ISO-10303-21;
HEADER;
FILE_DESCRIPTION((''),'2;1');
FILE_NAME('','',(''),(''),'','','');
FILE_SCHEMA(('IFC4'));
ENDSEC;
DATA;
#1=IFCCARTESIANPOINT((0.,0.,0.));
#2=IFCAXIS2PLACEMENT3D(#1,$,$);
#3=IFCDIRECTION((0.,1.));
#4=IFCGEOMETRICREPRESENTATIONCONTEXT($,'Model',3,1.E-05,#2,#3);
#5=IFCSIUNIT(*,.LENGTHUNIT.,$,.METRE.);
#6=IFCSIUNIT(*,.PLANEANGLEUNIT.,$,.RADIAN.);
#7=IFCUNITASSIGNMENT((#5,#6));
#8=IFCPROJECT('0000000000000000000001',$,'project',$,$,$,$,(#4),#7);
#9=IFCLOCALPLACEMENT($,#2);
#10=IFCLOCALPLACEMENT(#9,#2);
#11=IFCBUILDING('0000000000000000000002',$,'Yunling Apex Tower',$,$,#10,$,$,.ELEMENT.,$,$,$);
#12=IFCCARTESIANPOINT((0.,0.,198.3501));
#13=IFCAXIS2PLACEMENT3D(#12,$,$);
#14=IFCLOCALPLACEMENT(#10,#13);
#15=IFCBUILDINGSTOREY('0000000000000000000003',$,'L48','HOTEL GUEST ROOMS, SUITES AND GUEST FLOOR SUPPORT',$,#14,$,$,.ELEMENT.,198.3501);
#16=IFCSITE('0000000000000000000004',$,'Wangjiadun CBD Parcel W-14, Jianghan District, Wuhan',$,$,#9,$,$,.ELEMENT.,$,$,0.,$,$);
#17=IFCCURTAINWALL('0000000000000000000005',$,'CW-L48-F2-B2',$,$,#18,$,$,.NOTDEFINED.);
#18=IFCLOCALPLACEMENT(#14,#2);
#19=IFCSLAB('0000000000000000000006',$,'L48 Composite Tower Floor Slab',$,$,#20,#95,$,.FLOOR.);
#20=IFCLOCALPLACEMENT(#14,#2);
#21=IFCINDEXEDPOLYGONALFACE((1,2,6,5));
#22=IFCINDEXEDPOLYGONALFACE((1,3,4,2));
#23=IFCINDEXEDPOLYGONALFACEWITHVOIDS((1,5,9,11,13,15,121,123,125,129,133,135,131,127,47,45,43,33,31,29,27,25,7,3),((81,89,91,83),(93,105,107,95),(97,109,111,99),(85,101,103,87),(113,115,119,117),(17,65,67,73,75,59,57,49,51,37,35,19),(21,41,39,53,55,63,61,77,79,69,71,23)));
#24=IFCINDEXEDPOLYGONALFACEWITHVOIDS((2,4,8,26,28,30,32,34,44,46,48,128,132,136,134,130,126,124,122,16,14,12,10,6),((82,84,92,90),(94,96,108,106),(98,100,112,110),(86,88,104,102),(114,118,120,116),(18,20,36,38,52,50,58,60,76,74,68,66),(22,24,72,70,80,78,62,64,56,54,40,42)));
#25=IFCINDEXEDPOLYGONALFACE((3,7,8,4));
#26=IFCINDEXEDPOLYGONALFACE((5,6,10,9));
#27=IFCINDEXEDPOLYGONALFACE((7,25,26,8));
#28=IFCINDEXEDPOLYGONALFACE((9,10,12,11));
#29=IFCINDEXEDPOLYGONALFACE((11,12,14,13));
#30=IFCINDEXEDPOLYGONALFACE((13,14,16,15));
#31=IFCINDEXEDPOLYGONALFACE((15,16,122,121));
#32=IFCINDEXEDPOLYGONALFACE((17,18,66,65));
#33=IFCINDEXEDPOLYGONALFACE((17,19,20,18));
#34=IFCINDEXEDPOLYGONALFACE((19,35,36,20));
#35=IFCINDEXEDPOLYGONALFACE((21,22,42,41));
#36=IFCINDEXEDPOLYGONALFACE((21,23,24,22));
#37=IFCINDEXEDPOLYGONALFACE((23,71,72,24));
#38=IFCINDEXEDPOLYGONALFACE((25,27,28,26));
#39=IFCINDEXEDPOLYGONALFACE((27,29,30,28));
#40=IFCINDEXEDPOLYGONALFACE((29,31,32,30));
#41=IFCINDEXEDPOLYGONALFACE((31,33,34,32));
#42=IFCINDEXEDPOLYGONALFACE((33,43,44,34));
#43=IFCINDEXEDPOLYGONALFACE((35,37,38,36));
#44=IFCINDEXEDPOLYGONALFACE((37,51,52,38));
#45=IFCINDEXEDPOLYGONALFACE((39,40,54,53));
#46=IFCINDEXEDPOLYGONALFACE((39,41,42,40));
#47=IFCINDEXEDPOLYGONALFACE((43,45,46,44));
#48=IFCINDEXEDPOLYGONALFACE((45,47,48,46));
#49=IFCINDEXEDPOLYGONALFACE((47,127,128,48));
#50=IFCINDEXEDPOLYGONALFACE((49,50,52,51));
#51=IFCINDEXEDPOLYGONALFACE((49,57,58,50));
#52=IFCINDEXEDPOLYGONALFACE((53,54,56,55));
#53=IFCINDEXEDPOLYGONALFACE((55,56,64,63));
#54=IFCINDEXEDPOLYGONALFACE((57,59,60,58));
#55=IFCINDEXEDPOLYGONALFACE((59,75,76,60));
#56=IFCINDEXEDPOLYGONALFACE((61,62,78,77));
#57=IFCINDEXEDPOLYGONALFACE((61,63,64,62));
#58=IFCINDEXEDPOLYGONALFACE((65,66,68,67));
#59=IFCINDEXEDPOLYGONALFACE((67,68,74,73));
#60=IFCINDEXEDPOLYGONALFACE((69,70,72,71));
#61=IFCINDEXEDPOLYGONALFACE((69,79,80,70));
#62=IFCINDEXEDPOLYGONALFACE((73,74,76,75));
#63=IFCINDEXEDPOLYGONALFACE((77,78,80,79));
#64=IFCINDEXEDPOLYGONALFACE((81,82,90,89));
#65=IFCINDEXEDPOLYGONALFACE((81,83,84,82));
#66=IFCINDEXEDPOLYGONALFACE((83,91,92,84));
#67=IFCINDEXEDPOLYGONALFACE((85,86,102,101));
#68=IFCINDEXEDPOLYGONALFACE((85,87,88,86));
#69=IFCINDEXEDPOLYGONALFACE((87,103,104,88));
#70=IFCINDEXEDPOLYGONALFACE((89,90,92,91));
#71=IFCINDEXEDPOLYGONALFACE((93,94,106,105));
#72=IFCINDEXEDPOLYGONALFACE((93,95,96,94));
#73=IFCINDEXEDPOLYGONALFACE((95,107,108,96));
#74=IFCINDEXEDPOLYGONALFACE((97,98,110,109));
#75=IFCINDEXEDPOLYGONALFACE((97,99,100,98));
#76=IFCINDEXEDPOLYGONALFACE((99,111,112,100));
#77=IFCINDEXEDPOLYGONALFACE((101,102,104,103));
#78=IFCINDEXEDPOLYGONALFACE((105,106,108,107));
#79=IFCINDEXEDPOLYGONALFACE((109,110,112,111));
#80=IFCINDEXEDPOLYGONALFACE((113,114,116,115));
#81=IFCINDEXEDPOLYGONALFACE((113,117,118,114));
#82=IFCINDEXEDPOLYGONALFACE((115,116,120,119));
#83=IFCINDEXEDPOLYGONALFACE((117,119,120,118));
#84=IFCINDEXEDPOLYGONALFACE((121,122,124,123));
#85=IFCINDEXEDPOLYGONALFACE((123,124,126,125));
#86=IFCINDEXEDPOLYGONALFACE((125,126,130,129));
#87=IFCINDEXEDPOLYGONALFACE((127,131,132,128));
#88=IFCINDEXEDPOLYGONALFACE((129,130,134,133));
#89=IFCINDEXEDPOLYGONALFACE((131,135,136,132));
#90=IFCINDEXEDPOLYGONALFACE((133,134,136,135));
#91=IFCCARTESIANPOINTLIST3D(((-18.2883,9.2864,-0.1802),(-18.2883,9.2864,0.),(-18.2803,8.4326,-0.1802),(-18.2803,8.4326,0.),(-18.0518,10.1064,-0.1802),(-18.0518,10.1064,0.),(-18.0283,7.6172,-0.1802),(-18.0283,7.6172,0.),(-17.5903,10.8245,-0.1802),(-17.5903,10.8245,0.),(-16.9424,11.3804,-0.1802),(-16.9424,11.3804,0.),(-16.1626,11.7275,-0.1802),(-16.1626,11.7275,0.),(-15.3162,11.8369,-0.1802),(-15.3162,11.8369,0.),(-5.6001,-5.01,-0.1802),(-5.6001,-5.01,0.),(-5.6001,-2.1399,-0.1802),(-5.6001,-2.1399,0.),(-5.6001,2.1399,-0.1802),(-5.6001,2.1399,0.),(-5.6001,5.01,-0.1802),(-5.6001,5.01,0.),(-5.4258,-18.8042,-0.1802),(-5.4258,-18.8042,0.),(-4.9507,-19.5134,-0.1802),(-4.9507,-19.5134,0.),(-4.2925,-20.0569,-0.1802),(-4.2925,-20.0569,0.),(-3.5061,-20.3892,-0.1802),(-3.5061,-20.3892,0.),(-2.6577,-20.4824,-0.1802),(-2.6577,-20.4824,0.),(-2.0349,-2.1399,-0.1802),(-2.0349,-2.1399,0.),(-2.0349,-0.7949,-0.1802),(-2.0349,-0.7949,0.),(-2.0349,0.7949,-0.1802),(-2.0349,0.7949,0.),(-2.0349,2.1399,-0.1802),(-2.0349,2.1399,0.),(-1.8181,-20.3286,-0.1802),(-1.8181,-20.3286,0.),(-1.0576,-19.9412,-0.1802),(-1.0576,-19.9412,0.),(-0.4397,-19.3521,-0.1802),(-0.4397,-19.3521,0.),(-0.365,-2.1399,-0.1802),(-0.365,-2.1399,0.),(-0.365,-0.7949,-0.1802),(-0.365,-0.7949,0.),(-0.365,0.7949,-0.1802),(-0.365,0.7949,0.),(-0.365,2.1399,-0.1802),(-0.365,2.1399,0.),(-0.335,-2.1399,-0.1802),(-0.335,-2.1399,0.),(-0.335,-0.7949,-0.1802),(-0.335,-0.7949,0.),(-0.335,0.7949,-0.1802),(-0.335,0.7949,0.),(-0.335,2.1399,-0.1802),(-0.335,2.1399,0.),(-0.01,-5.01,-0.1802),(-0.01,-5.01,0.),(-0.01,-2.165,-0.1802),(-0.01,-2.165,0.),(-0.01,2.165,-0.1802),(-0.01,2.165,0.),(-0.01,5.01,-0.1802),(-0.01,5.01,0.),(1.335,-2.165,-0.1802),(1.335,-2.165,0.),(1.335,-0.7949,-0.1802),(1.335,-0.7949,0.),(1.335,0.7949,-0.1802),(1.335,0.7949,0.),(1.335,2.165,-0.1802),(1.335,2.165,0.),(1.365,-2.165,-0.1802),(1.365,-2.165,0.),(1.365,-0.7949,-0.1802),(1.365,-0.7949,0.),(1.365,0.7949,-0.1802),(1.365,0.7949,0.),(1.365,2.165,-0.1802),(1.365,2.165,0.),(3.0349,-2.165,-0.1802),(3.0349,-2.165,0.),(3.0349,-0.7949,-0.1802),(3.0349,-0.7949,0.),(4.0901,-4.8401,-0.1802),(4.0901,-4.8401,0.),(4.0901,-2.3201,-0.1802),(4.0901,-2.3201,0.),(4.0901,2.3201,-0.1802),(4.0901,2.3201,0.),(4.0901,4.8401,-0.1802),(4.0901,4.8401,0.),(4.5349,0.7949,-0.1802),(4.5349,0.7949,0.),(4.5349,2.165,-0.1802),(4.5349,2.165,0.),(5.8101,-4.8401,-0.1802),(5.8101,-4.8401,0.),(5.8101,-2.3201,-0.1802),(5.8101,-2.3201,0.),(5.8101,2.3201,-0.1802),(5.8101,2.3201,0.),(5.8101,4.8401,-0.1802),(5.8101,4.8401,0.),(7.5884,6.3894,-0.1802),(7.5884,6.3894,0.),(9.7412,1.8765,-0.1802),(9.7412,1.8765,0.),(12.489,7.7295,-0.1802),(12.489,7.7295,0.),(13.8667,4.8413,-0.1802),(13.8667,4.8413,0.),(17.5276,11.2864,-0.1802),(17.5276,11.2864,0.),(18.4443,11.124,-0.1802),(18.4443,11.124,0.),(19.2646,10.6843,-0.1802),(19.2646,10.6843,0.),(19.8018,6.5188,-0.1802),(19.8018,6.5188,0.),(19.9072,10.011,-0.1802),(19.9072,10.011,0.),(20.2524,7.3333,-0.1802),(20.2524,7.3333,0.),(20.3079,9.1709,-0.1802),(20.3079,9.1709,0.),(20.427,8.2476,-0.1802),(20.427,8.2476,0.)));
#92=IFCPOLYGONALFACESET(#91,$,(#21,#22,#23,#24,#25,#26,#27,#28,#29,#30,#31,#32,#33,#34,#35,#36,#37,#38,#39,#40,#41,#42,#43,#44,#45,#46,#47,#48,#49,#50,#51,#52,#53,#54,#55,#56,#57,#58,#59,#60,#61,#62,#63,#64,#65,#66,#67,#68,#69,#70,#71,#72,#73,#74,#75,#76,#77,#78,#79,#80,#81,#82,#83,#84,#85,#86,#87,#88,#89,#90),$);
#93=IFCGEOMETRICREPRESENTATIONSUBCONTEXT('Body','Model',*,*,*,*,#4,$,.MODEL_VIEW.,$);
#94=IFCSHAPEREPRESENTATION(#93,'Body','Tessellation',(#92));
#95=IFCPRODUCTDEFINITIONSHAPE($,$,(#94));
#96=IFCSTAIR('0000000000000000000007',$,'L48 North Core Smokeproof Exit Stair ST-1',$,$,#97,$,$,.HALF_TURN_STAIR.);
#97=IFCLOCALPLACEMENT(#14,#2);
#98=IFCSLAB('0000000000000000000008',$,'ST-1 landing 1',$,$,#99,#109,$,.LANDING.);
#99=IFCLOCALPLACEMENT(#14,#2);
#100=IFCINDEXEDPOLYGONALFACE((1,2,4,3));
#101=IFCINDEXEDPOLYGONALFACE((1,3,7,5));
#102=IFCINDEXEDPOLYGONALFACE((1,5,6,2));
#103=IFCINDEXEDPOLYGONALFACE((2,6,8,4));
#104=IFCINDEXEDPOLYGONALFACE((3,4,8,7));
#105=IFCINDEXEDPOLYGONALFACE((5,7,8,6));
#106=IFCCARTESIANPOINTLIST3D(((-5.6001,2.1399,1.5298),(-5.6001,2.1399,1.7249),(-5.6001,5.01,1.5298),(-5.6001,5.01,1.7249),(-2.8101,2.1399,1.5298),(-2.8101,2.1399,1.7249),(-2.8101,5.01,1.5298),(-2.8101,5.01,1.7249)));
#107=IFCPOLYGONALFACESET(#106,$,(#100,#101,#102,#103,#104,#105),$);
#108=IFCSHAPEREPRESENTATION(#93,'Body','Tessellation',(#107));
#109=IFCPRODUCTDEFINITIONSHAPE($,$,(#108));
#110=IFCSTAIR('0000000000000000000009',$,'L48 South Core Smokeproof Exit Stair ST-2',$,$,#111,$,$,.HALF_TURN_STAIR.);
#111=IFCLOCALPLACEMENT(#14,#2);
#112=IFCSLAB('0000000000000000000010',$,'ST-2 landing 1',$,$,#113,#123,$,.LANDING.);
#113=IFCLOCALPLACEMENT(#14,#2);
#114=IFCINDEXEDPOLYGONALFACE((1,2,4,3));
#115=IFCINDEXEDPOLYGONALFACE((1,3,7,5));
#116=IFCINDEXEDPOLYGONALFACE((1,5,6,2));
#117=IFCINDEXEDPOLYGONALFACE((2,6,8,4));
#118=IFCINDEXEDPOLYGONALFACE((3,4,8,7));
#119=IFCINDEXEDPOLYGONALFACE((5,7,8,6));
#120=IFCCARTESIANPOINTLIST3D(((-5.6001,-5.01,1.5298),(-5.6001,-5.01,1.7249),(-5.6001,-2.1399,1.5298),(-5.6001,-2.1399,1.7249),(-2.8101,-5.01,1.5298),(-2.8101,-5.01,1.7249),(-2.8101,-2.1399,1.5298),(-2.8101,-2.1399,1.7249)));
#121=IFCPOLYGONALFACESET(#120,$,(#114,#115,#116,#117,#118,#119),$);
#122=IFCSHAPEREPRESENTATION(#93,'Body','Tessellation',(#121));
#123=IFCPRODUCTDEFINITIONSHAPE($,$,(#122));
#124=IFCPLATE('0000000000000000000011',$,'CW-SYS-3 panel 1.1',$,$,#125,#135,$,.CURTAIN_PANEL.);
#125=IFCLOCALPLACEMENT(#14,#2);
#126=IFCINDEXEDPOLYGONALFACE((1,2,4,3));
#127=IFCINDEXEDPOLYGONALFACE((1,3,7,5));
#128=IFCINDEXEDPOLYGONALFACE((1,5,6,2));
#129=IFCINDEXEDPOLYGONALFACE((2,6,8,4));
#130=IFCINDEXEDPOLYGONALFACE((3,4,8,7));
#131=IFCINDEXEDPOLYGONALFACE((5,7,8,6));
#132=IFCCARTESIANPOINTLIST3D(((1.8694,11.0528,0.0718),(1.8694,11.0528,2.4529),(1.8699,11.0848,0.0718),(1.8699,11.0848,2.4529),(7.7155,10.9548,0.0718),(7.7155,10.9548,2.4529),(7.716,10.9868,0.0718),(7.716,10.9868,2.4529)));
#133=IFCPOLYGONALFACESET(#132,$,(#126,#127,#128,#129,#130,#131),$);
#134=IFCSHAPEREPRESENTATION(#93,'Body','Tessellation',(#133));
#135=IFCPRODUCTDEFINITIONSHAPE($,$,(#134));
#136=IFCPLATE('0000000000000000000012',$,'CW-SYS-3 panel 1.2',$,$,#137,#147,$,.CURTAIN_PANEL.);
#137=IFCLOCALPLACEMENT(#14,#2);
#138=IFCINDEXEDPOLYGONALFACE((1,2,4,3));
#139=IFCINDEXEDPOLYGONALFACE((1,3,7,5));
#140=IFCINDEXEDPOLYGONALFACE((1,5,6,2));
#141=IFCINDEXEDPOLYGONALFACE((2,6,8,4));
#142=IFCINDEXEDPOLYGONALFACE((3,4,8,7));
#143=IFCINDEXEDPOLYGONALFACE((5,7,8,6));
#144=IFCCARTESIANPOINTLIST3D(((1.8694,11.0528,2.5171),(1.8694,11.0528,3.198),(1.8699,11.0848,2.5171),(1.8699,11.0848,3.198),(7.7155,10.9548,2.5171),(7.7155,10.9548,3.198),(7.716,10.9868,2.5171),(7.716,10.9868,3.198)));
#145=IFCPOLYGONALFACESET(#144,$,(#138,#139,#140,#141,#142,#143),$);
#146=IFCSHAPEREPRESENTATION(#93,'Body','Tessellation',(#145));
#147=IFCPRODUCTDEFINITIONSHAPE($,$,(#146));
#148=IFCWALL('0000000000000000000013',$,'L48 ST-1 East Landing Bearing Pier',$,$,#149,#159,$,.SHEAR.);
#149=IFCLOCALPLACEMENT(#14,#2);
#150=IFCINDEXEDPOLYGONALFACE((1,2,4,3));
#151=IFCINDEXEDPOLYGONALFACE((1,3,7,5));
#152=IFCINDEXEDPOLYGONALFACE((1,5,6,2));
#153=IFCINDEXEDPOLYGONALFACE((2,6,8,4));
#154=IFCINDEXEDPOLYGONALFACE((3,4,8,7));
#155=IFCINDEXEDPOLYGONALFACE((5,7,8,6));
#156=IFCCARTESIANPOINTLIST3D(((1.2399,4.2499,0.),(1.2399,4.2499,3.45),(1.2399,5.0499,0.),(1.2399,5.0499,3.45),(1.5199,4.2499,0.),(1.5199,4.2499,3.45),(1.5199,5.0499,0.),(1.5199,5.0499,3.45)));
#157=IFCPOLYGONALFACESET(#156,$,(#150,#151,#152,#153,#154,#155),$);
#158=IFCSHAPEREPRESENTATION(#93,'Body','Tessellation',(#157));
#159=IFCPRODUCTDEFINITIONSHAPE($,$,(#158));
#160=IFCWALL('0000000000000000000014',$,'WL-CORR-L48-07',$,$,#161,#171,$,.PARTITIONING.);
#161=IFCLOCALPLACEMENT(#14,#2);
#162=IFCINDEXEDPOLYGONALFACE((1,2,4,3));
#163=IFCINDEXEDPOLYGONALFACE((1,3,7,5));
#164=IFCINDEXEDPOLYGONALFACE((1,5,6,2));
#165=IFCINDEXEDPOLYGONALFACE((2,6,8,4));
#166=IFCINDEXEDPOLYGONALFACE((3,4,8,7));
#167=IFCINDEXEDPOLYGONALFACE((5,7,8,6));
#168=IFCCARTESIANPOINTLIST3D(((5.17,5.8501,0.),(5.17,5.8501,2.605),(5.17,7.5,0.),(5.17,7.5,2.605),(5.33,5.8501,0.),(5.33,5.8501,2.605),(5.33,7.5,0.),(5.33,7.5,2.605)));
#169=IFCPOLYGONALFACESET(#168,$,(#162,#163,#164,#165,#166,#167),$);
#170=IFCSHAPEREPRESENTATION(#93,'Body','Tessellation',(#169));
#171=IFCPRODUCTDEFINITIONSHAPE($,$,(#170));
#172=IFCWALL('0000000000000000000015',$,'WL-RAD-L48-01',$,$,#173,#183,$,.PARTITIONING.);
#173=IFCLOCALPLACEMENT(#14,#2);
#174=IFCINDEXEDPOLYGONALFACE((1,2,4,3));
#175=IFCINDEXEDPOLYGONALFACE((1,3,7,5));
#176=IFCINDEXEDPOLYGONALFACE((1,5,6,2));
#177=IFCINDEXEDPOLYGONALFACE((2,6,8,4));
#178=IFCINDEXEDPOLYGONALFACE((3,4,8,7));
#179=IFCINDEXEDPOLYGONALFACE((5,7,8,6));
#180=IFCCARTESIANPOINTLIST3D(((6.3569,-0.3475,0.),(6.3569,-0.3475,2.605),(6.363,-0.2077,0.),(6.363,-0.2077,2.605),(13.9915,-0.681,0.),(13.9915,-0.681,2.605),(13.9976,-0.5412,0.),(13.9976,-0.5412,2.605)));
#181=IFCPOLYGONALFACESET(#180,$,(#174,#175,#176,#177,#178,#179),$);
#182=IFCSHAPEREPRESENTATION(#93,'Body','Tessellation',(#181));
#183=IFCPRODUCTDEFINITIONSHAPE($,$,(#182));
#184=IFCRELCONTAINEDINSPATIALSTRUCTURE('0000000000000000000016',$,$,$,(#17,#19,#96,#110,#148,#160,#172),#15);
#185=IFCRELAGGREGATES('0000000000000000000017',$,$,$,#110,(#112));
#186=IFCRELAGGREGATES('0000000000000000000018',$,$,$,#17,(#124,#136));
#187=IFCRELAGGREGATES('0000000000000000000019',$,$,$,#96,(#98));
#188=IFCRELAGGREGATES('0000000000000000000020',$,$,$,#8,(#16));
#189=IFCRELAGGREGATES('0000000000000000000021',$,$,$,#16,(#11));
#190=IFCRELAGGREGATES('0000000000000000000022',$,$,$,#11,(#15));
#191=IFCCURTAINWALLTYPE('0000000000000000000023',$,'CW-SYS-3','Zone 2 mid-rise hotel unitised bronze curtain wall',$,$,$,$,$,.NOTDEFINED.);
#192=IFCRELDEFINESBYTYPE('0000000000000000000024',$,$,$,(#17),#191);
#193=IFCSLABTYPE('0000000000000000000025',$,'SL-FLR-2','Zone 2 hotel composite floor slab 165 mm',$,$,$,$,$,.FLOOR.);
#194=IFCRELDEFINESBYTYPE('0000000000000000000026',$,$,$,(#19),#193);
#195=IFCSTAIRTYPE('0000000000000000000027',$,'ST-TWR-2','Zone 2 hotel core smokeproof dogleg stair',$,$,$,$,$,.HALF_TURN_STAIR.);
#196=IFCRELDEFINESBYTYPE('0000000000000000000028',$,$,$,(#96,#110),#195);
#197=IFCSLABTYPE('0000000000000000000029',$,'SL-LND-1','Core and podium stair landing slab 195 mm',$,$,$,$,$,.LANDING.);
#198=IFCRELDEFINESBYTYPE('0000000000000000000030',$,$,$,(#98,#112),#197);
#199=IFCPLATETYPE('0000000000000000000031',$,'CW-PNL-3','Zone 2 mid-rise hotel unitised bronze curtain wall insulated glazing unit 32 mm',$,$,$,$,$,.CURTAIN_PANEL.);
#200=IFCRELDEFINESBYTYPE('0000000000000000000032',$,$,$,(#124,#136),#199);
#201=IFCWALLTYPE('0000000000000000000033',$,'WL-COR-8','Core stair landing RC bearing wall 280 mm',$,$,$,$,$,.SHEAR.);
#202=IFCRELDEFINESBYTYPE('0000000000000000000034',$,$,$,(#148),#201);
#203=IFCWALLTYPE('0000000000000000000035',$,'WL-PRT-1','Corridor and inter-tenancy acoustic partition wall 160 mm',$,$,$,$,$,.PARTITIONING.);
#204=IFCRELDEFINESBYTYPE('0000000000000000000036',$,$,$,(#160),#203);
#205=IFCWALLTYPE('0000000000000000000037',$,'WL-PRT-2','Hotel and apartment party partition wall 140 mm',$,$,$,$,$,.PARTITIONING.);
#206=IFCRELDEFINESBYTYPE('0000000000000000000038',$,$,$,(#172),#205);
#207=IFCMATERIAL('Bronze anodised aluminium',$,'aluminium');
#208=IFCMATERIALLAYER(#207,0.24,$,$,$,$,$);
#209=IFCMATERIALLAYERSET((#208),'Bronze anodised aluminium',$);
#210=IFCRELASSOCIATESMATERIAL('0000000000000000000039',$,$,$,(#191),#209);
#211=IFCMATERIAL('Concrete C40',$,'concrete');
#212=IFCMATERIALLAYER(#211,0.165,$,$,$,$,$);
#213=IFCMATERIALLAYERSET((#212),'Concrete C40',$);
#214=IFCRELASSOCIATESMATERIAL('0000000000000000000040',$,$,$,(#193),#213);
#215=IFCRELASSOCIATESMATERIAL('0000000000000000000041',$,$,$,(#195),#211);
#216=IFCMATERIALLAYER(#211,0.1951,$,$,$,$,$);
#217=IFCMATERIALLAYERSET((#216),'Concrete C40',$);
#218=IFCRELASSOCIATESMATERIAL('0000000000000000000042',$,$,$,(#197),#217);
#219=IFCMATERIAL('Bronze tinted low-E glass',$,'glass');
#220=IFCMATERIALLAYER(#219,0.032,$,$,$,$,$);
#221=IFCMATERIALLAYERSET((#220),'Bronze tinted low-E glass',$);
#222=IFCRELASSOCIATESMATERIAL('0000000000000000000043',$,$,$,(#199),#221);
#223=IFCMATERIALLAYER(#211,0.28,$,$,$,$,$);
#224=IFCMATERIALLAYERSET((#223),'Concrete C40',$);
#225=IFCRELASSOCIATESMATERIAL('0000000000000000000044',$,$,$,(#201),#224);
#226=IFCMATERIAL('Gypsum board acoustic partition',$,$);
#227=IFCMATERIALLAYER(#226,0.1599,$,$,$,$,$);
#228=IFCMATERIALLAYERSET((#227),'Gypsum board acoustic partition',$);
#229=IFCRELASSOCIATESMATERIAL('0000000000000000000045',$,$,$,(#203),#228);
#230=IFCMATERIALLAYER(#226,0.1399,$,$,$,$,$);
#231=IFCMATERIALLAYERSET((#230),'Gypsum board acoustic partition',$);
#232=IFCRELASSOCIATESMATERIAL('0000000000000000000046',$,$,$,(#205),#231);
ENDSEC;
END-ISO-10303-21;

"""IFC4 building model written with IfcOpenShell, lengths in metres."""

from ifc_helpers import new_model, si_unit, direction, frame, frame_2d, origin, origin_2d, place, context, subcontext, project, spatial, polyline, rectangle, outline, extrude, source, transform, mapped, material, layer, layer_set, type_object, element, aggregate, save


model = new_model("IFC4")

# Units and contexts
model_context = context("Model", 3, precision=1e-05, world=origin(), true_north=direction((0.0, 1.0)))
body_context = subcontext(model_context, "Body", "Model", "MODEL_VIEW")
ifc_project = project(units=[si_unit("LENGTHUNIT", "METRE"), si_unit("PLANEANGLEUNIT", "RADIAN")], contexts=[model_context])

# Site, building, storey
site_placement = place(None, origin())
site = spatial("IfcSite", under=ifc_project, at=site_placement, Name="Wangjiadun CBD Parcel W-14, Jianghan District, Wuhan", CompositionType="ELEMENT", RefElevation=0.0)
building_placement = place(site_placement, origin())
building = spatial("IfcBuilding", under=site, at=building_placement, Name="Yunling Apex Tower", CompositionType="ELEMENT")
storey_placement = place(building_placement, frame((0.0, 0.0, 198.3501)))
storey = spatial("IfcBuildingStorey", under=building, at=storey_placement, Name="L48", Description="HOTEL GUEST ROOMS, SUITES AND GUEST FLOOR SUPPORT", CompositionType="ELEMENT", Elevation=198.3501)

# Curtain wall
ifc_material_1 = material(Name="Bronze anodised aluminium", Category="aluminium")
ifc_layer_1 = layer(ifc_material_1, 0.24)
ifc_layer_set_1 = layer_set([ifc_layer_1], Name="Bronze anodised aluminium")
curtain_wall_type = type_object("IfcCurtainWallType", Name="CW-SYS-3", Description="Zone 2 mid-rise hotel unitised bronze curtain wall", PredefinedType="NOTDEFINED", material=ifc_layer_set_1)
curtain_wall_1_placement = place(storey_placement, origin())
curtain_wall_1 = element("IfcCurtainWall", 1, at=curtain_wall_1_placement, inside=storey, type_object=curtain_wall_type, Name="CW-L48-F2-B2", PredefinedType="NOTDEFINED")

# Slab
ifc_material_2 = material(Name="Concrete C40", Category="concrete")
ifc_layer_2 = layer(ifc_material_2, 0.165)
ifc_layer_set_2 = layer_set([ifc_layer_2], Name="Concrete C40")
slab_type_1 = type_object("IfcSlabType", Name="SL-FLR-2", Description="Zone 2 hotel composite floor slab 165 mm", PredefinedType="FLOOR", material=ifc_layer_set_2)
slab_1_placement = place(storey_placement, frame((0.0, 0.0, -0.1802)))
element("IfcSlab", 2, at=slab_1_placement, inside=storey, type_object=slab_type_1, Name="L48 Composite Tower Floor Slab", PredefinedType="FLOOR", context=body_context, shape_type="SweptSolid", body=[
    extrude(outline(polyline([(-5.4258, -18.8042), (-4.9507, -19.5134), (-4.2925, -20.0569), (-3.5061, -20.3892), (-2.6577, -20.4824), (-1.8181, -20.3286), (-1.0576, -19.9412), (-0.4397, -19.3521), (19.8018, 6.5188), (20.2524, 7.3333), (20.427, 8.2476), (20.3079, 9.1709), (19.9072, 10.011), (19.2646, 10.6843), (18.4443, 11.124), (17.5276, 11.2864), (-15.3162, 11.8369), (-16.1626, 11.7275), (-16.9424, 11.3804), (-17.5903, 10.8245), (-18.0518, 10.1064), (-18.2883, 9.2864), (-18.2803, 8.4326), (-18.0283, 7.6172), (-5.4258, -18.8042)]), holes=[polyline([(12.489, 7.7295), (13.8667, 4.8413), (9.7412, 1.8765), (7.5884, 6.3894), (12.489, 7.7295)]), polyline([(4.0901, -2.3201), (5.8101, -2.3201), (5.8101, -4.8401), (4.0901, -4.8401), (4.0901, -2.3201)]), polyline([(5.8101, 4.8401), (5.8101, 2.3201), (4.0901, 2.3201), (4.0901, 4.8401), (5.8101, 4.8401)]), polyline([(1.365, 2.165), (4.5349, 2.165), (4.5349, 0.7949), (1.365, 0.7949), (1.365, 2.165)]), polyline([(3.0349, -0.7949), (3.0349, -2.165), (1.365, -2.165), (1.365, -0.7949), (3.0349, -0.7949)]), polyline([(-2.0349, -0.7949), (-0.365, -0.7949), (-0.365, -2.1399), (-0.335, -2.1399), (-0.335, -0.7949), (1.335, -0.7949), (1.335, -2.165), (-0.01, -2.165), (-0.01, -5.01), (-5.6001, -5.01), (-5.6001, -2.1399), (-2.0349, -2.1399), (-2.0349, -0.7949)]), polyline([(-5.6001, 2.1399), (-5.6001, 5.01), (-0.01, 5.01), (-0.01, 2.165), (1.335, 2.165), (1.335, 0.7949), (-0.335, 0.7949), (-0.335, 2.1399), (-0.365, 2.1399), (-0.365, 0.7949), (-2.0349, 0.7949), (-2.0349, 2.1399), (-5.6001, 2.1399)])]), origin(), (0.0, 0.0, 1.0), 0.1802),
])

# Stairs, slabs
stair_type = type_object("IfcStairType", Name="ST-TWR-2", Description="Zone 2 hotel core smokeproof dogleg stair", PredefinedType="HALF_TURN_STAIR", material=ifc_material_2)
stair_1_placement = place(storey_placement, origin())
stair_1 = element("IfcStair", 3, at=stair_1_placement, inside=storey, type_object=stair_type, Name="L48 North Core Smokeproof Exit Stair ST-1", PredefinedType="HALF_TURN_STAIR")
ifc_layer_3 = layer(ifc_material_2, 0.1951)
ifc_layer_set_3 = layer_set([ifc_layer_3], Name="Concrete C40")
slab_type_2 = type_object("IfcSlabType", Name="SL-LND-1", Description="Core and podium stair landing slab 195 mm", PredefinedType="LANDING", material=ifc_layer_set_3)
slab_2_placement = place(storey_placement, frame((0.0, 0.0, 1.5298)))
slab_2 = element("IfcSlab", 4, at=slab_2_placement, type_object=slab_type_2, Name="ST-1 landing 1", PredefinedType="LANDING", context=body_context, shape_type="SweptSolid", body=[
    extrude(outline(polyline([(-2.8101, 5.01), (-5.6001, 5.01), (-5.6001, 2.1399), (-2.8101, 2.1399), (-2.8101, 5.01)])), origin(), (0.0, 0.0, 1.0), 0.1951),
])
stair_2_placement = place(storey_placement, origin())
stair_2 = element("IfcStair", 5, at=stair_2_placement, inside=storey, type_object=stair_type, Name="L48 South Core Smokeproof Exit Stair ST-2", PredefinedType="HALF_TURN_STAIR")
slab_3_placement = place(storey_placement, frame((0.0, 0.0, 1.5298)))
slab_3 = element("IfcSlab", 6, at=slab_3_placement, type_object=slab_type_2, Name="ST-2 landing 1", PredefinedType="LANDING", context=body_context, shape_type="SweptSolid", body=[
    extrude(outline(polyline([(-2.8101, -2.1399), (-5.6001, -2.1399), (-5.6001, -5.01), (-2.8101, -5.01), (-2.8101, -2.1399)])), origin(), (0.0, 0.0, 1.0), 0.1951),
])
aggregate(stair_2, [slab_3])

# Plates
ifc_material_3 = material(Name="Bronze tinted low-E glass", Category="glass")
ifc_layer_4 = layer(ifc_material_3, 0.032)
ifc_layer_set_4 = layer_set([ifc_layer_4], Name="Bronze tinted low-E glass")
plate_type = type_object("IfcPlateType", Name="CW-PNL-3", Description="Zone 2 mid-rise hotel unitised bronze curtain wall insulated glazing unit 32 mm", PredefinedType="CURTAIN_PANEL", material=ifc_layer_set_4)
shared_shape_1 = source(origin(), body_context, "Body", "SweptSolid", [
    extrude(rectangle(XDim=5.8469, YDim=0.032, at=origin_2d()), origin(), (0.0, 0.0, 1.0), 2.3811),
])
plate_1_placement = place(storey_placement, frame((4.7927, 11.0198, 0.0718), z_axis=(0.0, 0.0, 1.0), x_axis=(-0.99986, 0.016759, 0.0)))
plate_1 = element("IfcPlate", 7, at=plate_1_placement, type_object=plate_type, Name="CW-SYS-3 panel 1.1", PredefinedType="CURTAIN_PANEL", context=body_context, shape_type="MappedRepresentation", body=[
    mapped(shared_shape_1, transform((0.0, 0.0, 0.0), scale=1.0)),
])
shared_shape_2 = source(origin(), body_context, "Body", "SweptSolid", [
    extrude(rectangle(XDim=5.8469, YDim=0.032, at=origin_2d()), origin(), (0.0, 0.0, 1.0), 0.6809),
])
plate_2_placement = place(storey_placement, frame((4.7927, 11.0198, 2.5171), z_axis=(0.0, 0.0, 1.0), x_axis=(-0.99986, 0.016759, 0.0)))
plate_2 = element("IfcPlate", 8, at=plate_2_placement, type_object=plate_type, Name="CW-SYS-3 panel 1.2", PredefinedType="CURTAIN_PANEL", context=body_context, shape_type="MappedRepresentation", body=[
    mapped(shared_shape_2, transform((0.0, 0.0, 0.0), scale=1.0)),
])
aggregate(curtain_wall_1, [plate_1, plate_2])

# Walls
ifc_layer_5 = layer(ifc_material_2, 0.28)
ifc_layer_set_5 = layer_set([ifc_layer_5], Name="Concrete C40")
wall_type_1 = type_object("IfcWallType", Name="WL-COR-8", Description="Core stair landing RC bearing wall 280 mm", PredefinedType="SHEAR", material=ifc_layer_set_5)
wall_1_placement = place(storey_placement, frame((1.3799, 4.25, 0.0), z_axis=(0.0, 0.0, 1.0), x_axis=(0.0, 1.0, 0.0)))
element("IfcWall", 9, at=wall_1_placement, inside=storey, type_object=wall_type_1, Name="L48 ST-1 East Landing Bearing Pier", PredefinedType="SHEAR", context=body_context, shape_type="SweptSolid", body=[
    extrude(rectangle(XDim=0.8, YDim=0.28, at=frame_2d((0.3999, 0.0))), origin(), (0.0, 0.0, 1.0), 3.45),
])
ifc_material_4 = material(Name="Gypsum board acoustic partition")
ifc_layer_6 = layer(ifc_material_4, 0.1599)
ifc_layer_set_6 = layer_set([ifc_layer_6], Name="Gypsum board acoustic partition")
wall_type_2 = type_object("IfcWallType", Name="WL-PRT-1", Description="Corridor and inter-tenancy acoustic partition wall 160 mm", PredefinedType="PARTITIONING", material=ifc_layer_set_6)
wall_2_placement = place(storey_placement, frame((5.25, 7.5, 0.0), z_axis=(0.0, 0.0, 1.0), x_axis=(0.0, -1.0, 0.0)))
element("IfcWall", 10, at=wall_2_placement, inside=storey, type_object=wall_type_2, Name="WL-CORR-L48-07", PredefinedType="PARTITIONING", context=body_context, shape_type="SweptSolid", body=[
    extrude(rectangle(XDim=1.6499, YDim=0.1599, at=frame_2d((0.825, 0.0))), origin(), (0.0, 0.0, 1.0), 2.605),
])
ifc_layer_7 = layer(ifc_material_4, 0.1399)
ifc_layer_set_7 = layer_set([ifc_layer_7], Name="Gypsum board acoustic partition")
wall_type_3 = type_object("IfcWallType", Name="WL-PRT-2", Description="Hotel and apartment party partition wall 140 mm", PredefinedType="PARTITIONING", material=ifc_layer_set_7)
wall_3_placement = place(storey_placement, frame((6.3601, -0.2776, 0.0), z_axis=(0.0, 0.0, 1.0), x_axis=(0.999047, -0.043641, 0.0)))
element("IfcWall", 11, at=wall_3_placement, inside=storey, type_object=wall_type_3, Name="WL-RAD-L48-01", PredefinedType="PARTITIONING", context=body_context, shape_type="SweptSolid", body=[
    extrude(rectangle(XDim=7.6418, YDim=0.1399, at=frame_2d((3.8208, 0.0))), origin(), (0.0, 0.0, 1.0), 2.605),
])

aggregate(stair_1, [slab_2])

save(model, "model.ifc")
